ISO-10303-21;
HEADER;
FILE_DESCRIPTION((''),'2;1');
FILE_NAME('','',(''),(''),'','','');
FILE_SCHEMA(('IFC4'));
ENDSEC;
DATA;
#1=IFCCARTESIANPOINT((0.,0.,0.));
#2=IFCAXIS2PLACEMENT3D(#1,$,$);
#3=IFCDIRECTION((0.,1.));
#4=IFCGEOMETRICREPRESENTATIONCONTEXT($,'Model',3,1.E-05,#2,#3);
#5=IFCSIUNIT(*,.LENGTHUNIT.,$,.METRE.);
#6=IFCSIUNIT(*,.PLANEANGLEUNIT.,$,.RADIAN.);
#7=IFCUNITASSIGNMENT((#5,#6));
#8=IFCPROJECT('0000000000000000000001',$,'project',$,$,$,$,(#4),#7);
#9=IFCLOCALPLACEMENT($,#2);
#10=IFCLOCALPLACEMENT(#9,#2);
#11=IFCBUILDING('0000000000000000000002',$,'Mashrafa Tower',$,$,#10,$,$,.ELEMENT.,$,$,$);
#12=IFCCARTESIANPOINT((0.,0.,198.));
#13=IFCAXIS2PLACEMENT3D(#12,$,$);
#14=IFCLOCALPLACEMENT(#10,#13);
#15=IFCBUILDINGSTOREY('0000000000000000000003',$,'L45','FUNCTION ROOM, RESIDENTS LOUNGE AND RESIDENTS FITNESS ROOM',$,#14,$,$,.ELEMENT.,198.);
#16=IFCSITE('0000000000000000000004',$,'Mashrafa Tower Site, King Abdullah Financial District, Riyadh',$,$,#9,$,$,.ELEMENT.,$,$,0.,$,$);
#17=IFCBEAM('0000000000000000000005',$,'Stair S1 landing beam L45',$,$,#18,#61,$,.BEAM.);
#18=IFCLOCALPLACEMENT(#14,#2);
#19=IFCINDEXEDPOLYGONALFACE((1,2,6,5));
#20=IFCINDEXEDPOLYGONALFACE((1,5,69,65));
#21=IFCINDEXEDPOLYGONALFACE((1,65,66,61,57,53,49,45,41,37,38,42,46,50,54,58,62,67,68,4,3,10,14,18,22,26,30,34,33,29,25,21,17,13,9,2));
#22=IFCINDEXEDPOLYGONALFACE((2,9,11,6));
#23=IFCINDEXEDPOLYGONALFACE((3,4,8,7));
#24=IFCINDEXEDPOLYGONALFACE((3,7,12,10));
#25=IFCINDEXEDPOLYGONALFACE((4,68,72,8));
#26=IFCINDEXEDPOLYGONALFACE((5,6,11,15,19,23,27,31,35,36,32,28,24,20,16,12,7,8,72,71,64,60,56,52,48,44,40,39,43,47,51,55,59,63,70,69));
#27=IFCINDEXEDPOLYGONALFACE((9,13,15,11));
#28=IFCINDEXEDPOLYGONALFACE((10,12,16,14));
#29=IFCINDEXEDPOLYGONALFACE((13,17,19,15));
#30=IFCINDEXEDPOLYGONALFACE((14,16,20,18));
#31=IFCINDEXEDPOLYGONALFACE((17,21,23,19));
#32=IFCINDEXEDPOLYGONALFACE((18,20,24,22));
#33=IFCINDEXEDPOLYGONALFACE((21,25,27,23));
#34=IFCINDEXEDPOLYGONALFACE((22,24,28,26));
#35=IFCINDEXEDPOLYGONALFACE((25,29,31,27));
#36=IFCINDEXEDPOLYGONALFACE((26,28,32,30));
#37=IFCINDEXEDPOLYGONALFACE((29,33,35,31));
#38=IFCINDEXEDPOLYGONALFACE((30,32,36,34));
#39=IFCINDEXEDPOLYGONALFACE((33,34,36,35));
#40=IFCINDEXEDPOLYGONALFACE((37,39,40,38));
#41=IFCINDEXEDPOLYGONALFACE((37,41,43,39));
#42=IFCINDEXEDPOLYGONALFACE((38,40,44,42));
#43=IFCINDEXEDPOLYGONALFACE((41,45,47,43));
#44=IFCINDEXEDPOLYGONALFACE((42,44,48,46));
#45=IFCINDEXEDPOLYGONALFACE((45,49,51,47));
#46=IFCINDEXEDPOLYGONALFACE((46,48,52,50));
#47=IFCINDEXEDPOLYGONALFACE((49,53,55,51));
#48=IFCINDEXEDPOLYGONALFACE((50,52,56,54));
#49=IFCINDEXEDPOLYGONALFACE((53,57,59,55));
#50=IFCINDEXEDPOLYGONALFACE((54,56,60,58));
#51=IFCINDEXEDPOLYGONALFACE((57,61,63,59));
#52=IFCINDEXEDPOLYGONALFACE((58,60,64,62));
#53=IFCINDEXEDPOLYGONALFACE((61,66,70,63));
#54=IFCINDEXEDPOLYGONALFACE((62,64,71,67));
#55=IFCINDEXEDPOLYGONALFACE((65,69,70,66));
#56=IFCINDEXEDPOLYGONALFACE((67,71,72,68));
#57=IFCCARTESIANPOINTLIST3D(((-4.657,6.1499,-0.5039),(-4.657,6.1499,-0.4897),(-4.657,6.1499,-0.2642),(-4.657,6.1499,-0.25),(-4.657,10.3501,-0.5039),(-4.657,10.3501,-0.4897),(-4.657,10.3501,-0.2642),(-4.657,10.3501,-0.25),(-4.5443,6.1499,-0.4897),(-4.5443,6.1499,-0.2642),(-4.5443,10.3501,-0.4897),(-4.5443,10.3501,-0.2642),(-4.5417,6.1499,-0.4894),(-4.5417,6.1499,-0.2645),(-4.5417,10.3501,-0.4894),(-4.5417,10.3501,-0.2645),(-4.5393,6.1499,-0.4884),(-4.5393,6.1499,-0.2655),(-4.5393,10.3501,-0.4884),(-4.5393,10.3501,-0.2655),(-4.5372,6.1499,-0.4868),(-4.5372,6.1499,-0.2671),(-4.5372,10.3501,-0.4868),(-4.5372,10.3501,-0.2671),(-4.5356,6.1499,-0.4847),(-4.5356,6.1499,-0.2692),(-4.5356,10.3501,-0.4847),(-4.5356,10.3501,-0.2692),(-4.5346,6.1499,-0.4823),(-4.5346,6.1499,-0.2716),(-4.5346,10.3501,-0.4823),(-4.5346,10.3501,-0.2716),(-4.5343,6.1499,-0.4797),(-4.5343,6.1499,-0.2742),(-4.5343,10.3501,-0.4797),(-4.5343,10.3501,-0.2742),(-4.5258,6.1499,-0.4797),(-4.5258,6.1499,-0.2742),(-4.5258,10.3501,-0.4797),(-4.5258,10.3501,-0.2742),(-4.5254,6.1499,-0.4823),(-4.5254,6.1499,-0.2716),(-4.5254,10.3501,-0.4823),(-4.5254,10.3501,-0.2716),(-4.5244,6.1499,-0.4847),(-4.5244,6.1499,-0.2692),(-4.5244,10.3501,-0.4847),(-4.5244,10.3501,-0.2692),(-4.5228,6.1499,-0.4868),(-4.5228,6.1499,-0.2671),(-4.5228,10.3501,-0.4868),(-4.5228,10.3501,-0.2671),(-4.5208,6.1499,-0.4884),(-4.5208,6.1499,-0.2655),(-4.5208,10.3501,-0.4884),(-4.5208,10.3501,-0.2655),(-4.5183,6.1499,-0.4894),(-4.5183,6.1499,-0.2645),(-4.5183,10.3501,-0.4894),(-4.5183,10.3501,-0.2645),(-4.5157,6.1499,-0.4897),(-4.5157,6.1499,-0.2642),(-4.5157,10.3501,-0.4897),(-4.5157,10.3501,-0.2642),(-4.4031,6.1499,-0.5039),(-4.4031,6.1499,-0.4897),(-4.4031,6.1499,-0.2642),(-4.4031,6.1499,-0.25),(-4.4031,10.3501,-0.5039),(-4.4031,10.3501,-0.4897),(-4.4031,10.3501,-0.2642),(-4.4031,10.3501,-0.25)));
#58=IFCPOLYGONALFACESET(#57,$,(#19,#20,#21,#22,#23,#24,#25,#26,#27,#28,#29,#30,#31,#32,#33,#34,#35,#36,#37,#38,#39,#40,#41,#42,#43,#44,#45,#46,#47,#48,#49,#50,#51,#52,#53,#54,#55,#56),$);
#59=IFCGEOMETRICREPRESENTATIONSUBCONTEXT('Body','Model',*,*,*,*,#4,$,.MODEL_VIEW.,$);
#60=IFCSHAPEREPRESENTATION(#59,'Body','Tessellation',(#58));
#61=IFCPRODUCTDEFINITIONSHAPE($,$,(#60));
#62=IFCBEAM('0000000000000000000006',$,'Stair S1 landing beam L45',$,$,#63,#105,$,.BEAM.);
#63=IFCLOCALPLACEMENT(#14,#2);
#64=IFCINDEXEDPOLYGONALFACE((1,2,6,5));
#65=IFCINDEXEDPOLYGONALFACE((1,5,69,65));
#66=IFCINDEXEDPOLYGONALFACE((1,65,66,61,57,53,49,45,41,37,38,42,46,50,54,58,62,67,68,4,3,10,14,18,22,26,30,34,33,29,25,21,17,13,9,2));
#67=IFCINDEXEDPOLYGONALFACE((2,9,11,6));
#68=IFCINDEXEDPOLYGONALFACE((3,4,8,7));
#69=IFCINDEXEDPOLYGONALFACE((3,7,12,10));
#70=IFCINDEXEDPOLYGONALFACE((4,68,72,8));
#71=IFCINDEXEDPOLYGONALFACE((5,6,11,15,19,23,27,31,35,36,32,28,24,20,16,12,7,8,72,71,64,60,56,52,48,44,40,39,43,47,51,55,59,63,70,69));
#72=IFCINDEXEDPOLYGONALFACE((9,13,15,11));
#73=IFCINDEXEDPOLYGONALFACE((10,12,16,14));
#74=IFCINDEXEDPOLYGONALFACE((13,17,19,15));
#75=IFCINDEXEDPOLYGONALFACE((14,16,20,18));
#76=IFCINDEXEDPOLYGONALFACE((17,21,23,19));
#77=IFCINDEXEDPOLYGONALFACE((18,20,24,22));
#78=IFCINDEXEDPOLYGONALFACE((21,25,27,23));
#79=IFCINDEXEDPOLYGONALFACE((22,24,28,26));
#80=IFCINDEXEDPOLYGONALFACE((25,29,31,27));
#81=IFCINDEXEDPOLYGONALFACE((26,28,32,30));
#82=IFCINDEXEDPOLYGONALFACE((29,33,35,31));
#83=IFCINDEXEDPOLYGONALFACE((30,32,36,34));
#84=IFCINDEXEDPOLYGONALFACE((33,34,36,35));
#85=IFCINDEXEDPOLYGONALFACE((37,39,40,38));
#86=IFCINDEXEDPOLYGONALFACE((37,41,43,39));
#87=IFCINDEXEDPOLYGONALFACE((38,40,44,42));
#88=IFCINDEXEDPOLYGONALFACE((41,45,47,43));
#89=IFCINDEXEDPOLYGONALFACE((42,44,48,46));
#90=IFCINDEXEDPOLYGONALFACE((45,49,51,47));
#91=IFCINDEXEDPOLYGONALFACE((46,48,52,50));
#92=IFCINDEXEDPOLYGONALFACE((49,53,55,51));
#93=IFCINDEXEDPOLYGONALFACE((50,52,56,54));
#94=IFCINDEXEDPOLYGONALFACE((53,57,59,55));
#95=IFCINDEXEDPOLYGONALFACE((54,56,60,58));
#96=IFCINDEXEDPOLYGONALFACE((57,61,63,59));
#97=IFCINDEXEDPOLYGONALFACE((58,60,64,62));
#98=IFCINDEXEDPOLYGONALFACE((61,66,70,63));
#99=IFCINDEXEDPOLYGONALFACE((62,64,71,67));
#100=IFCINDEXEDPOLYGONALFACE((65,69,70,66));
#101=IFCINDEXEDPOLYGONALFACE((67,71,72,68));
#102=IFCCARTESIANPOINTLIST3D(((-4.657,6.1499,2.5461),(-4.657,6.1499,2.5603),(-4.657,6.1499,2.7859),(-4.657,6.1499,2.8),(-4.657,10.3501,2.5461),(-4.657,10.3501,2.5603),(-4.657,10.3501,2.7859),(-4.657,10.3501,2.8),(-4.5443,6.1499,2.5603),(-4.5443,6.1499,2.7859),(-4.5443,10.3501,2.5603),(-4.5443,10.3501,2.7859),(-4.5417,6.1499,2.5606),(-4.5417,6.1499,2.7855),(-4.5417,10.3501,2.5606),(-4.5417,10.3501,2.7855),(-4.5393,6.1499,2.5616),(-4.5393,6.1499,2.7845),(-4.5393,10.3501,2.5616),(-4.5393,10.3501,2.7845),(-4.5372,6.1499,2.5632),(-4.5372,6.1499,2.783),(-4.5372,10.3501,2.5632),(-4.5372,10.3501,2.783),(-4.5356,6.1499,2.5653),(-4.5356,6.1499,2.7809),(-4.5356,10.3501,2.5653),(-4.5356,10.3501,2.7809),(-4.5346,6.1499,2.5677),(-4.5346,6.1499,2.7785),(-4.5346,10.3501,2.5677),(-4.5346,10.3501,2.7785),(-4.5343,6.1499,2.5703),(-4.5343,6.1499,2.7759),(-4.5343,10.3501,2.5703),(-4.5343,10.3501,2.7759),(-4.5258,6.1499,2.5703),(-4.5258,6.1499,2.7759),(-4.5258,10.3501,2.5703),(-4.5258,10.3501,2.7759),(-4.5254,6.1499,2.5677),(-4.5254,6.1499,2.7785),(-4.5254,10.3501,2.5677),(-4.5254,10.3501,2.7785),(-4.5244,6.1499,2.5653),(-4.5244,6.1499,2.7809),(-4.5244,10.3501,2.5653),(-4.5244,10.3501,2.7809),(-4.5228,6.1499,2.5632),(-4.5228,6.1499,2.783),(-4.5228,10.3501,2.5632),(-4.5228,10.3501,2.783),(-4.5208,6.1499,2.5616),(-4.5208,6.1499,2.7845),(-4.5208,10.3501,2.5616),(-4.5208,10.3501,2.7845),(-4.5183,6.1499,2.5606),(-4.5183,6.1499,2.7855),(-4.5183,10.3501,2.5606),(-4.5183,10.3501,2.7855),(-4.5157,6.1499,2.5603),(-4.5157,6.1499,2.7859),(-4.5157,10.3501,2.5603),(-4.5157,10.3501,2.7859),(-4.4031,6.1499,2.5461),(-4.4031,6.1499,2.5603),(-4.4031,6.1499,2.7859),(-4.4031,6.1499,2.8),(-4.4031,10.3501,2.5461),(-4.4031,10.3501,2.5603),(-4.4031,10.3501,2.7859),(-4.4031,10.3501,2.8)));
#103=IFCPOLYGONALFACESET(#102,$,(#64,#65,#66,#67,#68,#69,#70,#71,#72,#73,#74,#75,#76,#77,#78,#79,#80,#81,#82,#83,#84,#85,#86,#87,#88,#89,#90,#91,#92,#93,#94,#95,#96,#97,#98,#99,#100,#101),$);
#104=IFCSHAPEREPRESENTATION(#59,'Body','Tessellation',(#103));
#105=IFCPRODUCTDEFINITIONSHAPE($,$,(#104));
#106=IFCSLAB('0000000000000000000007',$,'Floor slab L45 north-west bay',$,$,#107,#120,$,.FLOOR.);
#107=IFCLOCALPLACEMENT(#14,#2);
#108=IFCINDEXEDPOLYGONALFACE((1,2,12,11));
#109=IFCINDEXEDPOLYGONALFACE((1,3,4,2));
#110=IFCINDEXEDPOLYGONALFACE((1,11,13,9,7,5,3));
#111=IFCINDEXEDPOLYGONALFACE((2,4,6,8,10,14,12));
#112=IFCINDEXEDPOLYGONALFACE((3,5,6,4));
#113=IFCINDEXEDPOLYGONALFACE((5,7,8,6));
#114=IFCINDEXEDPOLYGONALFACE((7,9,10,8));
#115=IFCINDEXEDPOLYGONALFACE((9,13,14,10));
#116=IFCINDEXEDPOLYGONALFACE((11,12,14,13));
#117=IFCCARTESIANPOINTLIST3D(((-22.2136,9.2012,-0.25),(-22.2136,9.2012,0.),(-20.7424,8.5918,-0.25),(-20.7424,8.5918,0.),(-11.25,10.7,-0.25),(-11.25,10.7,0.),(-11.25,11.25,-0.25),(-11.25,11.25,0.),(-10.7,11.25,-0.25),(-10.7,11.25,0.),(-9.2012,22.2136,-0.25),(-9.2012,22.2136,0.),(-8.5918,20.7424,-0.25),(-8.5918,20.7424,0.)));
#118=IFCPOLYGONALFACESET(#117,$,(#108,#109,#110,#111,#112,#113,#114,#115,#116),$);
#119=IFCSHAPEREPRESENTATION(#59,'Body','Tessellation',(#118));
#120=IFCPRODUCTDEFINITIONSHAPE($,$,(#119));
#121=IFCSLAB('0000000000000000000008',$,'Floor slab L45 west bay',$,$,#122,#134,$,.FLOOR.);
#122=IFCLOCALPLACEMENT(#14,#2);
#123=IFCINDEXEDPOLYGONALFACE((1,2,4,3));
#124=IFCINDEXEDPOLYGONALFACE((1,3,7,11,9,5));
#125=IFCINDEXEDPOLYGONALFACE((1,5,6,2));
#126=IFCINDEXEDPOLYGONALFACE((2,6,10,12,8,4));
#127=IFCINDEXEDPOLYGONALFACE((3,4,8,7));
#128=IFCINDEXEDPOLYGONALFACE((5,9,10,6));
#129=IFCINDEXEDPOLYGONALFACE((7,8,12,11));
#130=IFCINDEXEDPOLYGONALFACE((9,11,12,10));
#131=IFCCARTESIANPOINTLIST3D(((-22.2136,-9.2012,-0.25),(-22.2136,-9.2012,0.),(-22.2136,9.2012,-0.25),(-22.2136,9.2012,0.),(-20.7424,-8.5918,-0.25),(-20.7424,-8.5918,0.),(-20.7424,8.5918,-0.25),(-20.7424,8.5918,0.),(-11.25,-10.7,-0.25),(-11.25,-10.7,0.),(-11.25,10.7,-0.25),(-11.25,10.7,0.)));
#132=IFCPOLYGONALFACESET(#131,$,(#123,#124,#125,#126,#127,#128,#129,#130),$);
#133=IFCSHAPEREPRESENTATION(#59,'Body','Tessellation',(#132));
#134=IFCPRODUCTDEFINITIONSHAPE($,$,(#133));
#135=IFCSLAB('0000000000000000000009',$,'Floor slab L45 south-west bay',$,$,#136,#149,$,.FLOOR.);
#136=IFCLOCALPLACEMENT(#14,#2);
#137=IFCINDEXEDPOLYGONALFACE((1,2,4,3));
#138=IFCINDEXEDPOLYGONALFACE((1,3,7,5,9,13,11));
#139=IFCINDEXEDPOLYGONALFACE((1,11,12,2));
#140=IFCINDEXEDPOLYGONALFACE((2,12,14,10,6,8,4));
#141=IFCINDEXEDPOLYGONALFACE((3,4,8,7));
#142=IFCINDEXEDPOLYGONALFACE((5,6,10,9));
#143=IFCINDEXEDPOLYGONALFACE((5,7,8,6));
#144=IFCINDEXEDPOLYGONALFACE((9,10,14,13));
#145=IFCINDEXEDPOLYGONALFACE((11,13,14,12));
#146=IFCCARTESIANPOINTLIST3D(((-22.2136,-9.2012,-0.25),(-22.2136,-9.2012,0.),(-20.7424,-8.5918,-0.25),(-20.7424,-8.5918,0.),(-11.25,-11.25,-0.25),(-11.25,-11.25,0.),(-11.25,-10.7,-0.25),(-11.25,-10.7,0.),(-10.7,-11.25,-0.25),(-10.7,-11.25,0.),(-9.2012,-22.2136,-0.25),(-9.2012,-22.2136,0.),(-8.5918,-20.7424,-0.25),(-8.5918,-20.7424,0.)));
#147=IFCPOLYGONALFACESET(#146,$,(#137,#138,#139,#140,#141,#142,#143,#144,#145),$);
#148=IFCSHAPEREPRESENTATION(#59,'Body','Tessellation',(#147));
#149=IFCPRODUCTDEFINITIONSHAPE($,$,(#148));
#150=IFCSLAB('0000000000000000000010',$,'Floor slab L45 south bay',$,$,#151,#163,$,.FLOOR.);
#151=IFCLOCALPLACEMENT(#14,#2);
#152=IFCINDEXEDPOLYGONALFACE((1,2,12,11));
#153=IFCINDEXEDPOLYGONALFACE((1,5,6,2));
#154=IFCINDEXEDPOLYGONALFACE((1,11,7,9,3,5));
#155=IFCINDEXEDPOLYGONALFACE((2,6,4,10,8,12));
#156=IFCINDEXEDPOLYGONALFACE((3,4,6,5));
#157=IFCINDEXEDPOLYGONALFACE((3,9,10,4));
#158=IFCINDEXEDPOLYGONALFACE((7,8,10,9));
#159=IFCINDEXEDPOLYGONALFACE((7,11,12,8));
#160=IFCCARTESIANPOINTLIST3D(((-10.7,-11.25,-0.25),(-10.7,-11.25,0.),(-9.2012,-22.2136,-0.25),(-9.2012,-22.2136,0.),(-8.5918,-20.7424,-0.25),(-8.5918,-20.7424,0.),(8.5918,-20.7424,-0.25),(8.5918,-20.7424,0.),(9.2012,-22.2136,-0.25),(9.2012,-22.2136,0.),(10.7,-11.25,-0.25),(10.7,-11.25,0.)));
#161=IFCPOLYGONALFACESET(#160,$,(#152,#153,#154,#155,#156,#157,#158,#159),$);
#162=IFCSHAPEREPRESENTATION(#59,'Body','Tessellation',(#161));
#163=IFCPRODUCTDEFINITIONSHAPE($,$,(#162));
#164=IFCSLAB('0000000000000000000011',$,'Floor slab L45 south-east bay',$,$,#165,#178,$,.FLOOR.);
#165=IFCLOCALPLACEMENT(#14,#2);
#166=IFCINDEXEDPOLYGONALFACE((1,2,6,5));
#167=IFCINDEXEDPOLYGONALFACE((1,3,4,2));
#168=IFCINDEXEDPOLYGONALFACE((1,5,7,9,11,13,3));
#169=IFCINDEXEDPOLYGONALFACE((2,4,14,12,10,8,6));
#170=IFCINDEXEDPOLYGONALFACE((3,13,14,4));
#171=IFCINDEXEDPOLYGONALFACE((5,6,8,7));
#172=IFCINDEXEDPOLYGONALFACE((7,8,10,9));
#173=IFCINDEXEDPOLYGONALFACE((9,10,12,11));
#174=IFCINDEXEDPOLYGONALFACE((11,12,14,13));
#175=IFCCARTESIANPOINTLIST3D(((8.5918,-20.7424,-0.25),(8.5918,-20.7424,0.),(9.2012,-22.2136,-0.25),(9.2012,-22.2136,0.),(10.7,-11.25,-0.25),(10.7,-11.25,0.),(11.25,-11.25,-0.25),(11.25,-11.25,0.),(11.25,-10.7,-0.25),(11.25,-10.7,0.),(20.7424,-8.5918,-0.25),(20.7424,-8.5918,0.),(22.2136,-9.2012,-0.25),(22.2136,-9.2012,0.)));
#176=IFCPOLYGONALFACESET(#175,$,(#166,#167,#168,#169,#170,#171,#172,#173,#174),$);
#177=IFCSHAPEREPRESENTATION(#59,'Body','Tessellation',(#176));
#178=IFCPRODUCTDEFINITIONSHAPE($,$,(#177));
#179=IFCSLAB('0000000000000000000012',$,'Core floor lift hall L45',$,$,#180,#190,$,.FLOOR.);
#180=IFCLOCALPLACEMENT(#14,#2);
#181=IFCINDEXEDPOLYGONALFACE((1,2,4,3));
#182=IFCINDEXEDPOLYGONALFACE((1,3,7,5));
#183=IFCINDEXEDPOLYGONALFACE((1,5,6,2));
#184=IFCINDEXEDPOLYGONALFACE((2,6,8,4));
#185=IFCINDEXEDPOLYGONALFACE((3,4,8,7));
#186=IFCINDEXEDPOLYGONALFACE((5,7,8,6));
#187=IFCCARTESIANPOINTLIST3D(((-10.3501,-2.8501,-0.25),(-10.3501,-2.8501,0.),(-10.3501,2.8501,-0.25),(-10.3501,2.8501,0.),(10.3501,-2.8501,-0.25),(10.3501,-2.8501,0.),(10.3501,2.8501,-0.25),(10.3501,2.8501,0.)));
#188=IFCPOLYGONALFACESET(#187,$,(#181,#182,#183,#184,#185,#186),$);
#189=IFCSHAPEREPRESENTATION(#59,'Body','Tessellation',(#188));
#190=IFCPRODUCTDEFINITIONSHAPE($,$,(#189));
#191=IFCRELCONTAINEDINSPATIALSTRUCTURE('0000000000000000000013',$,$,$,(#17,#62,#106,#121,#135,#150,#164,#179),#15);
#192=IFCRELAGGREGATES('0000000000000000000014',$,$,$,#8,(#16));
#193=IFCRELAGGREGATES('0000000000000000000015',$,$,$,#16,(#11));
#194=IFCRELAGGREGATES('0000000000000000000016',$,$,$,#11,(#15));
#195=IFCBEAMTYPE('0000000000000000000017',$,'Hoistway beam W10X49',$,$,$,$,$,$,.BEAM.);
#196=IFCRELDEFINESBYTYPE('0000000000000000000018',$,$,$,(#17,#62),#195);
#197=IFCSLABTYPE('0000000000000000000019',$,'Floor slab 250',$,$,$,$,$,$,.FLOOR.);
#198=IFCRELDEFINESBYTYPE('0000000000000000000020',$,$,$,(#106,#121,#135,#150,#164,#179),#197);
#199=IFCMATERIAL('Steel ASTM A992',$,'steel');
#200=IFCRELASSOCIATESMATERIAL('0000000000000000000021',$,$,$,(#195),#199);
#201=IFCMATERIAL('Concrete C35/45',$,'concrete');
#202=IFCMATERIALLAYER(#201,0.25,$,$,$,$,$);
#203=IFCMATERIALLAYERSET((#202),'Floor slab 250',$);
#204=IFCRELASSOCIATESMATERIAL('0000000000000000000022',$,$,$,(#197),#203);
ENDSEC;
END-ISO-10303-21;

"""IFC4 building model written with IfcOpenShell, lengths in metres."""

from ifc_helpers import new_model, si_unit, direction, frame, origin, origin_2d, place, context, subcontext, project, spatial, polyline, i_section, outline, extrude, material, layer, layer_set, material_profile, profile_set, type_object, element, save


model = new_model("IFC4")

# Units and contexts
model_context = context("Model", 3, precision=1e-05, world=origin(), true_north=direction((0.0, 1.0)))
body_context = subcontext(model_context, "Body", "Model", "MODEL_VIEW")
ifc_project = project(units=[si_unit("LENGTHUNIT", "METRE"), si_unit("PLANEANGLEUNIT", "RADIAN")], contexts=[model_context])

# Site, building, storey
site_placement = place(None, origin())
site = spatial("IfcSite", under=ifc_project, at=site_placement, Name="Mashrafa Tower Site, King Abdullah Financial District, Riyadh", CompositionType="ELEMENT", RefElevation=0.0)
building_placement = place(site_placement, origin())
building = spatial("IfcBuilding", under=site, at=building_placement, Name="Mashrafa Tower", CompositionType="ELEMENT")
storey_placement = place(building_placement, frame((0.0, 0.0, 198.0)))
storey = spatial("IfcBuildingStorey", under=building, at=storey_placement, Name="L45", Description="FUNCTION ROOM, RESIDENTS LOUNGE AND RESIDENTS FITNESS ROOM", CompositionType="ELEMENT", Elevation=198.0)

# Beams
ifc_material_1 = material(Name="Steel ASTM A992", Category="steel")
ifc_material_profile = material_profile(ifc_material_1, i_section(OverallWidth=0.2539, OverallDepth=0.2539, WebThickness=0.0085, FlangeThickness=0.0142, FilletRadius=0.01, at=origin_2d()), Name="W10X49")
ifc_profile_set = profile_set([ifc_material_profile], Name="Steel ASTM A992")
beam_type = type_object("IfcBeamType", Name="Hoistway beam W10X49", PredefinedType="BEAM", material=ifc_profile_set)
for number, where, z_axis, x_axis, name in (
    (1, (-4.53, 6.1499, -0.377), (0.0, 1.0, 0.0), (-1.0, 0.0, 0.0), "Stair S1 landing beam L45"),
    (2, (-4.53, 6.1499, 2.6731), (0.0, 1.0, 0.0), (-1.0, 0.0, 0.0), "Stair S1 landing beam L45"),
):
    element("IfcBeam", number, at=place(storey_placement, frame(where, z_axis=z_axis, x_axis=x_axis)), inside=storey, type_object=beam_type, Name=name, PredefinedType="BEAM", context=body_context, shape_type="SweptSolid", body=[
        extrude(i_section(OverallWidth=0.2539, OverallDepth=0.2539, WebThickness=0.0085, FlangeThickness=0.0142, FilletRadius=0.01, at=origin_2d()), origin(), (0.0, 0.0, 1.0), 4.2002),
    ])

# Slabs
ifc_material_2 = material(Name="Concrete C35/45", Category="concrete")
ifc_layer_1 = layer(ifc_material_2, 0.25)
ifc_layer_set_1 = layer_set([ifc_layer_1], Name="Floor slab 250")
slab_type = type_object("IfcSlabType", Name="Floor slab 250", PredefinedType="FLOOR", material=ifc_layer_set_1)
slab_1_placement = place(storey_placement, frame((0.0, 0.0, -0.25)))
element("IfcSlab", 3, at=slab_1_placement, inside=storey, type_object=slab_type, Name="Floor slab L45 north-west bay", PredefinedType="FLOOR", context=body_context, shape_type="SweptSolid", body=[
    extrude(outline(polyline([(-9.2012, 22.2136), (-8.5918, 20.7424), (-10.7, 11.25), (-11.25, 11.25), (-11.25, 10.7), (-20.7424, 8.5918), (-22.2136, 9.2012), (-9.2012, 22.2136)])), origin(), (0.0, 0.0, 1.0), 0.25),
])
slab_2_placement = place(storey_placement, frame((0.0, 0.0, -0.25)))
element("IfcSlab", 4, at=slab_2_placement, inside=storey, type_object=slab_type, Name="Floor slab L45 west bay", PredefinedType="FLOOR", context=body_context, shape_type="SweptSolid", body=[
    extrude(outline(polyline([(-22.2136, -9.2012), (-22.2136, 9.2012), (-22.2136, 9.2012), (-20.7424, 8.5918), (-11.25, 10.7), (-11.25, -10.7), (-20.7424, -8.5918), (-22.2136, -9.2012), (-22.2136, -9.2012)])), origin(), (0.0, 0.0, 1.0), 0.25),
])
slab_3_placement = place(storey_placement, frame((0.0, 0.0, -0.25)))
element("IfcSlab", 5, at=slab_3_placement, inside=storey, type_object=slab_type, Name="Floor slab L45 south-west bay", PredefinedType="FLOOR", context=body_context, shape_type="SweptSolid", body=[
    extrude(outline(polyline([(-22.2136, -9.2012), (-20.7424, -8.5918), (-11.25, -10.7), (-11.25, -11.25), (-10.7, -11.25), (-8.5918, -20.7424), (-9.2012, -22.2136), (-22.2136, -9.2012)])), origin(), (0.0, 0.0, 1.0), 0.25),
])
slab_4_placement = place(storey_placement, frame((0.0, 0.0, -0.25)))
element("IfcSlab", 6, at=slab_4_placement, inside=storey, type_object=slab_type, Name="Floor slab L45 south bay", PredefinedType="FLOOR", context=body_context, shape_type="SweptSolid", body=[
    extrude(outline(polyline([(-9.2012, -22.2136), (-9.2012, -22.2136), (-8.5918, -20.7424), (-10.7, -11.25), (10.7, -11.25), (8.5918, -20.7424), (9.2012, -22.2136), (9.2012, -22.2136), (-9.2012, -22.2136)])), origin(), (0.0, 0.0, 1.0), 0.25),
])
slab_5_placement = place(storey_placement, frame((0.0, 0.0, -0.25)))
element("IfcSlab", 7, at=slab_5_placement, inside=storey, type_object=slab_type, Name="Floor slab L45 south-east bay", PredefinedType="FLOOR", context=body_context, shape_type="SweptSolid", body=[
    extrude(outline(polyline([(9.2012, -22.2136), (8.5918, -20.7424), (10.7, -11.25), (11.25, -11.25), (11.25, -10.7), (20.7424, -8.5918), (22.2136, -9.2012), (9.2012, -22.2136)])), origin(), (0.0, 0.0, 1.0), 0.25),
])
slab_6_placement = place(storey_placement, frame((0.0, 0.0, -0.25)))
element("IfcSlab", 8, at=slab_6_placement, inside=storey, type_object=slab_type, Name="Core floor lift hall L45", PredefinedType="FLOOR", context=body_context, shape_type="SweptSolid", body=[
    extrude(outline(polyline([(-10.3501, 2.8501), (10.3501, 2.8501), (10.3501, -2.8501), (-10.3501, -2.8501), (-10.3501, 2.8501)])), origin(), (0.0, 0.0, 1.0), 0.25),
])

save(model, "model.ifc")
